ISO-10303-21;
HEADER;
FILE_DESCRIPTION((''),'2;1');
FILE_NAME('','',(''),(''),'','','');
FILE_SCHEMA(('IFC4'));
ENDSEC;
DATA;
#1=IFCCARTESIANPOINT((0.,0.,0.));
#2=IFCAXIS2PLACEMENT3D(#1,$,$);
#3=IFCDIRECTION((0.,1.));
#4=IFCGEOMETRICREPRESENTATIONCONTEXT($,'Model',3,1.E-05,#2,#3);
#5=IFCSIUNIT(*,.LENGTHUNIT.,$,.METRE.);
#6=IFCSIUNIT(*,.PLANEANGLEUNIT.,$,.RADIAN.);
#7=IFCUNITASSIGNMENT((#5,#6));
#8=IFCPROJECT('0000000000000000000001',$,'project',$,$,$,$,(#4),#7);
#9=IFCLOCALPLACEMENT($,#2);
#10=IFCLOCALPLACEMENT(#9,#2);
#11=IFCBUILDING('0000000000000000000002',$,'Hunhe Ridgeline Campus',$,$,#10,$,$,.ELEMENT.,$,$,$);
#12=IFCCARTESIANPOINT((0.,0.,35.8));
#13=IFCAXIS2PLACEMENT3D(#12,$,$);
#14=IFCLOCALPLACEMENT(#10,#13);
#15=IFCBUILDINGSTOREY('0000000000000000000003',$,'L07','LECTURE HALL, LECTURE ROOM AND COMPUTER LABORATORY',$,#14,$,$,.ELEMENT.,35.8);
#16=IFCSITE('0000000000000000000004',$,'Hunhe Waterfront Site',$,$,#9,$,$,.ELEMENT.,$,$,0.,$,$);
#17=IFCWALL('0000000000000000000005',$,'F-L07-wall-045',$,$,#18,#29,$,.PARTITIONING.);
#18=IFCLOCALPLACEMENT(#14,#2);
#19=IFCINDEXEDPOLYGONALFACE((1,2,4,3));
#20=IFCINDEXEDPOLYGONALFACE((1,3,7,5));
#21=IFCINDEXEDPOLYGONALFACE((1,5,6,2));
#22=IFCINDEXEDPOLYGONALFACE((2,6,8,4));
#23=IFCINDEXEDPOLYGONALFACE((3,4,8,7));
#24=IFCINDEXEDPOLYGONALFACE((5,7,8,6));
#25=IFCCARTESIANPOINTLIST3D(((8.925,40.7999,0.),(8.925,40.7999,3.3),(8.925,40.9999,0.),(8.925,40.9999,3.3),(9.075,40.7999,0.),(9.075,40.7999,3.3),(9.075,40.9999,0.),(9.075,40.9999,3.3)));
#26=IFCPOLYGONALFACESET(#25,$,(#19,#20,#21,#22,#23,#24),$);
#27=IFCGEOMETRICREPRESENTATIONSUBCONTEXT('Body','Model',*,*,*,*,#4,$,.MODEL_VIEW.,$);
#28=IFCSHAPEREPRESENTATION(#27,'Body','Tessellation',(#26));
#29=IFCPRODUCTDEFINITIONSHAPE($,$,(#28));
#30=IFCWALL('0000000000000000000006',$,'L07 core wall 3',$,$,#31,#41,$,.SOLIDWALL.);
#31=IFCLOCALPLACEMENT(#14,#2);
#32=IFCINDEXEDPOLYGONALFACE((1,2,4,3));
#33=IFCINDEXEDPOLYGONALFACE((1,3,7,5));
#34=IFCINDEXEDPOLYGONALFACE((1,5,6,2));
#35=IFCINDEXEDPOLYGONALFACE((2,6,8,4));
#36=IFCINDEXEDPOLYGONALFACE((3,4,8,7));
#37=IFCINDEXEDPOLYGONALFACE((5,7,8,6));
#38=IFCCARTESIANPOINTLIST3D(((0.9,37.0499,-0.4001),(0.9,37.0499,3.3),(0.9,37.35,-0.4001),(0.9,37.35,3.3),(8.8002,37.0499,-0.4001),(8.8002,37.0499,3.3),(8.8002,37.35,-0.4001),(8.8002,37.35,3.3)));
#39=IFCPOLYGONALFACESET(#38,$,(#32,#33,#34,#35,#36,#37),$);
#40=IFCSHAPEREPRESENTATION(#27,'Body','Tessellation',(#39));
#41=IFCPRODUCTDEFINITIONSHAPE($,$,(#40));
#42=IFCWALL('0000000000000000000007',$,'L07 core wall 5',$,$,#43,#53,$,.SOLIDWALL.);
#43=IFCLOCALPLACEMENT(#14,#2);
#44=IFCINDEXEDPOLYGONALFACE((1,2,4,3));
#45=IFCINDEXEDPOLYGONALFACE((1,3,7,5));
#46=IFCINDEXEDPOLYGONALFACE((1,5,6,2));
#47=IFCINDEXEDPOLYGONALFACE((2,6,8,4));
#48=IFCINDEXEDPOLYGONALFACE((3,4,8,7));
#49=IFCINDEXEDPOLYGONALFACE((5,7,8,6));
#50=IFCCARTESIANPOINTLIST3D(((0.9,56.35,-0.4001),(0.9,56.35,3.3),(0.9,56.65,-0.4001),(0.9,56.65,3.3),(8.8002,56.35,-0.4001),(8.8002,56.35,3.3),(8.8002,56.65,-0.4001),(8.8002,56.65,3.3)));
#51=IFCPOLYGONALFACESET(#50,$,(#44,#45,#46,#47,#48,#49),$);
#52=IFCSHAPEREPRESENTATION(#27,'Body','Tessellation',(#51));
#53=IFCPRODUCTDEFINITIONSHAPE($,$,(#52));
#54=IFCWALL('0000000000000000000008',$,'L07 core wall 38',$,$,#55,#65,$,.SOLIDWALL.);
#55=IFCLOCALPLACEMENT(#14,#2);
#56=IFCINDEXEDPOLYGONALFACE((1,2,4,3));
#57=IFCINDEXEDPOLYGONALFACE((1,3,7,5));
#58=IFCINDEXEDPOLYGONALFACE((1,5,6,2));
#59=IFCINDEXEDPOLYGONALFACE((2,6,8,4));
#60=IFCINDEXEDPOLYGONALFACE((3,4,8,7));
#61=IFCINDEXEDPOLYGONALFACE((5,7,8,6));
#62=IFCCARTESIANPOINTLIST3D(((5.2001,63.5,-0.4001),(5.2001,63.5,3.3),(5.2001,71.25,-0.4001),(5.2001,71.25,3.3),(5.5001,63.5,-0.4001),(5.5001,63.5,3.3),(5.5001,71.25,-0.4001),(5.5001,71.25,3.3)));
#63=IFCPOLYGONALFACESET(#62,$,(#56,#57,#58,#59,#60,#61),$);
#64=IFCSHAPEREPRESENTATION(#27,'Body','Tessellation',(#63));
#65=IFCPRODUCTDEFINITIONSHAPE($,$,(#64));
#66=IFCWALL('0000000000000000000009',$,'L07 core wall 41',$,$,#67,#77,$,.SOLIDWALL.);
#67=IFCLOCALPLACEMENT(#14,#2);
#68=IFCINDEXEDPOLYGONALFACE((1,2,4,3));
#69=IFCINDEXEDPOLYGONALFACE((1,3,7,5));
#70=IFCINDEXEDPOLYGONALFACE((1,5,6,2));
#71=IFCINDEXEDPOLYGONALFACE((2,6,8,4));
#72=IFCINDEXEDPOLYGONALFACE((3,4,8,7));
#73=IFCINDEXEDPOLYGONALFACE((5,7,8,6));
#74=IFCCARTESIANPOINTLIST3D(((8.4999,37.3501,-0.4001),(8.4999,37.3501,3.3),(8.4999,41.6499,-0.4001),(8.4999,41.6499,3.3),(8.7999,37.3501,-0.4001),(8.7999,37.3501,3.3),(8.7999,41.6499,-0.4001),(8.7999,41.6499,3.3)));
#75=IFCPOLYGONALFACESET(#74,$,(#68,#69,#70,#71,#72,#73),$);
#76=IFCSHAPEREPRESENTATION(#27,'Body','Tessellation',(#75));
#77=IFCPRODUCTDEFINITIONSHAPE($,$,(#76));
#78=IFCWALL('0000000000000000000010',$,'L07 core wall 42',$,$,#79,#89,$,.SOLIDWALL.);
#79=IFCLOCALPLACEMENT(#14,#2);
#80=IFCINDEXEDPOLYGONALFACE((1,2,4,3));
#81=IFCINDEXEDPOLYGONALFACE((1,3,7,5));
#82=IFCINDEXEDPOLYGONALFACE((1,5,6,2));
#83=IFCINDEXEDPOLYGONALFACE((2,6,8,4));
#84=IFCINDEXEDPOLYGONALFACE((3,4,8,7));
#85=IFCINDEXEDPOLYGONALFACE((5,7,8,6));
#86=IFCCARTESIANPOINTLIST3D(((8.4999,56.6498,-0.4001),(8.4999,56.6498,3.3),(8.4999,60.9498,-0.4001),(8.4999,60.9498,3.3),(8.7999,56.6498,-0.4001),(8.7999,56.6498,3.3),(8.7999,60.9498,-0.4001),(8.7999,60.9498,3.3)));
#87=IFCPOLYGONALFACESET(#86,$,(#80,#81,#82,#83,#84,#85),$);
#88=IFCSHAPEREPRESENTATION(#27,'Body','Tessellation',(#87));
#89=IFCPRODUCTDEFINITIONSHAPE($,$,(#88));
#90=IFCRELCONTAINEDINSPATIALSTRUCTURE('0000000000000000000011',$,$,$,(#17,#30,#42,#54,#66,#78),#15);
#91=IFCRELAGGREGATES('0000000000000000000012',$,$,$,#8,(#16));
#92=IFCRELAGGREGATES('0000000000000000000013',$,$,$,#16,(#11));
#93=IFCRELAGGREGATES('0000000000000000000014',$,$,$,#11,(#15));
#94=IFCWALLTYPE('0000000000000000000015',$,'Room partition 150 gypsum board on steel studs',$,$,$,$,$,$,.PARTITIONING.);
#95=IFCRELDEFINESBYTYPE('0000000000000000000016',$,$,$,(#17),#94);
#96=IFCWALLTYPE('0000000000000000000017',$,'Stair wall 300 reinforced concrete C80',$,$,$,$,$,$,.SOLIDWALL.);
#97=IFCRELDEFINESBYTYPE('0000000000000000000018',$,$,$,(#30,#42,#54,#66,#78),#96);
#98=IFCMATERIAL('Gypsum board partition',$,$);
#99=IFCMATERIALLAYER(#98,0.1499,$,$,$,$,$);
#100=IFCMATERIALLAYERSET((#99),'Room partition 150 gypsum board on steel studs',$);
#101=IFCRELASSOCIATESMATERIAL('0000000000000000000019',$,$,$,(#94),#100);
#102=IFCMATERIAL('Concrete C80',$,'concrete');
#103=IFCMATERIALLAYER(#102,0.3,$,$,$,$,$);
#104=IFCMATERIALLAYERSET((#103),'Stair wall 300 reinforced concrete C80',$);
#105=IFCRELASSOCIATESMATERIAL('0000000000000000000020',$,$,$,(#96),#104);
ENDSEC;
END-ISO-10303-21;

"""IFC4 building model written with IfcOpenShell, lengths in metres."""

from ifc_helpers import new_model, si_unit, direction, frame, frame_2d, origin, place, context, subcontext, project, spatial, rectangle, extrude, material, layer, layer_set, type_object, element, save


model = new_model("IFC4")

# Units and contexts
model_context = context("Model", 3, precision=1e-05, world=origin(), true_north=direction((0.0, 1.0)))
body_context = subcontext(model_context, "Body", "Model", "MODEL_VIEW")
ifc_project = project(units=[si_unit("LENGTHUNIT", "METRE"), si_unit("PLANEANGLEUNIT", "RADIAN")], contexts=[model_context])

# Site, building, storey
site_placement = place(None, origin())
site = spatial("IfcSite", under=ifc_project, at=site_placement, Name="Hunhe Waterfront Site", CompositionType="ELEMENT", RefElevation=0.0)
building_placement = place(site_placement, origin())
building = spatial("IfcBuilding", under=site, at=building_placement, Name="Hunhe Ridgeline Campus", CompositionType="ELEMENT")
storey_placement = place(building_placement, frame((0.0, 0.0, 35.8)))
storey = spatial("IfcBuildingStorey", under=building, at=storey_placement, Name="L07", Description="LECTURE HALL, LECTURE ROOM AND COMPUTER LABORATORY", CompositionType="ELEMENT", Elevation=35.8)

# Shared definitions
ifc_material_1 = material(Name="Concrete C80", Category="concrete")

# Shared definitions
ifc_material_2 = material(Name="Gypsum board partition")

# Walls
ifc_layer_1 = layer(ifc_material_2, 0.1499)
ifc_layer_set_1 = layer_set([ifc_layer_1], Name="Room partition 150 gypsum board on steel studs")
wall_type_1 = type_object("IfcWallType", Name="Room partition 150 gypsum board on steel studs", PredefinedType="PARTITIONING", material=ifc_layer_set_1)
wall_1_placement = place(storey_placement, frame((9.0, 41.0, 0.0), z_axis=(0.0, 0.0, 1.0), x_axis=(0.0, -1.0, 0.0)))
element("IfcWall", 1, at=wall_1_placement, inside=storey, type_object=wall_type_1, Name="F-L07-wall-045", PredefinedType="PARTITIONING", context=body_context, shape_type="SweptSolid", body=[
    extrude(rectangle(XDim=0.2, YDim=0.1499, at=frame_2d((0.1001, 0.0))), origin(), (0.0, 0.0, 1.0), 3.3),
])
ifc_layer_2 = layer(ifc_material_1, 0.3)
ifc_layer_set_2 = layer_set([ifc_layer_2], Name="Stair wall 300 reinforced concrete C80")
wall_type_2 = type_object("IfcWallType", Name="Stair wall 300 reinforced concrete C80", PredefinedType="SOLIDWALL", material=ifc_layer_set_2)
wall_2_placement = place(storey_placement, frame((0.8999, 37.2, -0.4001), z_axis=(0.0, 0.0, 1.0), x_axis=(1.0, 0.0, 0.0)))
element("IfcWall", 2, at=wall_2_placement, inside=storey, type_object=wall_type_2, Name="L07 core wall 3", PredefinedType="SOLIDWALL", context=body_context, shape_type="SweptSolid", body=[
    extrude(rectangle(XDim=7.9001, YDim=0.3, at=frame_2d((3.9502, 0.0))), origin(), (0.0, 0.0, 1.0), 3.7002),
])

# Wall
wall_3_placement = place(storey_placement, frame((0.8999, 56.5, -0.4001), z_axis=(0.0, 0.0, 1.0), x_axis=(1.0, 0.0, 0.0)))
element("IfcWall", 3, at=wall_3_placement, inside=storey, type_object=wall_type_2, Name="L07 core wall 5", PredefinedType="SOLIDWALL", context=body_context, shape_type="SweptSolid", body=[
    extrude(rectangle(XDim=7.9001, YDim=0.3, at=frame_2d((3.9502, 0.0))), origin(), (0.0, 0.0, 1.0), 3.7002),
])

# Walls
wall_4_placement = place(storey_placement, frame((5.3501, 63.5, -0.4001), z_axis=(0.0, 0.0, 1.0), x_axis=(0.0, 1.0, 0.0)))
element("IfcWall", 4, at=wall_4_placement, inside=storey, type_object=wall_type_2, Name="L07 core wall 38", PredefinedType="SOLIDWALL", context=body_context, shape_type="SweptSolid", body=[
    extrude(rectangle(XDim=7.75, YDim=0.3, at=frame_2d((3.875, 0.0))), origin(), (0.0, 0.0, 1.0), 3.7002),
])
wall_5_placement = place(storey_placement, frame((8.6499, 37.3501, -0.4001), z_axis=(0.0, 0.0, 1.0), x_axis=(0.0, 1.0, 0.0)))
element("IfcWall", 5, at=wall_5_placement, inside=storey, type_object=wall_type_2, Name="L07 core wall 41", PredefinedType="SOLIDWALL", context=body_context, shape_type="SweptSolid", body=[
    extrude(rectangle(XDim=4.2998, YDim=0.3, at=frame_2d((2.1499, 0.0))), origin(), (0.0, 0.0, 1.0), 3.7002),
])
wall_6_placement = place(storey_placement, frame((8.6499, 56.6499, -0.4001), z_axis=(0.0, 0.0, 1.0), x_axis=(0.0, 1.0, 0.0)))
element("IfcWall", 6, at=wall_6_placement, inside=storey, type_object=wall_type_2, Name="L07 core wall 42", PredefinedType="SOLIDWALL", context=body_context, shape_type="SweptSolid", body=[
    extrude(rectangle(XDim=4.3, YDim=0.3, at=frame_2d((2.1499, 0.0))), origin(), (0.0, 0.0, 1.0), 3.7002),
])

save(model, "model.ifc")
